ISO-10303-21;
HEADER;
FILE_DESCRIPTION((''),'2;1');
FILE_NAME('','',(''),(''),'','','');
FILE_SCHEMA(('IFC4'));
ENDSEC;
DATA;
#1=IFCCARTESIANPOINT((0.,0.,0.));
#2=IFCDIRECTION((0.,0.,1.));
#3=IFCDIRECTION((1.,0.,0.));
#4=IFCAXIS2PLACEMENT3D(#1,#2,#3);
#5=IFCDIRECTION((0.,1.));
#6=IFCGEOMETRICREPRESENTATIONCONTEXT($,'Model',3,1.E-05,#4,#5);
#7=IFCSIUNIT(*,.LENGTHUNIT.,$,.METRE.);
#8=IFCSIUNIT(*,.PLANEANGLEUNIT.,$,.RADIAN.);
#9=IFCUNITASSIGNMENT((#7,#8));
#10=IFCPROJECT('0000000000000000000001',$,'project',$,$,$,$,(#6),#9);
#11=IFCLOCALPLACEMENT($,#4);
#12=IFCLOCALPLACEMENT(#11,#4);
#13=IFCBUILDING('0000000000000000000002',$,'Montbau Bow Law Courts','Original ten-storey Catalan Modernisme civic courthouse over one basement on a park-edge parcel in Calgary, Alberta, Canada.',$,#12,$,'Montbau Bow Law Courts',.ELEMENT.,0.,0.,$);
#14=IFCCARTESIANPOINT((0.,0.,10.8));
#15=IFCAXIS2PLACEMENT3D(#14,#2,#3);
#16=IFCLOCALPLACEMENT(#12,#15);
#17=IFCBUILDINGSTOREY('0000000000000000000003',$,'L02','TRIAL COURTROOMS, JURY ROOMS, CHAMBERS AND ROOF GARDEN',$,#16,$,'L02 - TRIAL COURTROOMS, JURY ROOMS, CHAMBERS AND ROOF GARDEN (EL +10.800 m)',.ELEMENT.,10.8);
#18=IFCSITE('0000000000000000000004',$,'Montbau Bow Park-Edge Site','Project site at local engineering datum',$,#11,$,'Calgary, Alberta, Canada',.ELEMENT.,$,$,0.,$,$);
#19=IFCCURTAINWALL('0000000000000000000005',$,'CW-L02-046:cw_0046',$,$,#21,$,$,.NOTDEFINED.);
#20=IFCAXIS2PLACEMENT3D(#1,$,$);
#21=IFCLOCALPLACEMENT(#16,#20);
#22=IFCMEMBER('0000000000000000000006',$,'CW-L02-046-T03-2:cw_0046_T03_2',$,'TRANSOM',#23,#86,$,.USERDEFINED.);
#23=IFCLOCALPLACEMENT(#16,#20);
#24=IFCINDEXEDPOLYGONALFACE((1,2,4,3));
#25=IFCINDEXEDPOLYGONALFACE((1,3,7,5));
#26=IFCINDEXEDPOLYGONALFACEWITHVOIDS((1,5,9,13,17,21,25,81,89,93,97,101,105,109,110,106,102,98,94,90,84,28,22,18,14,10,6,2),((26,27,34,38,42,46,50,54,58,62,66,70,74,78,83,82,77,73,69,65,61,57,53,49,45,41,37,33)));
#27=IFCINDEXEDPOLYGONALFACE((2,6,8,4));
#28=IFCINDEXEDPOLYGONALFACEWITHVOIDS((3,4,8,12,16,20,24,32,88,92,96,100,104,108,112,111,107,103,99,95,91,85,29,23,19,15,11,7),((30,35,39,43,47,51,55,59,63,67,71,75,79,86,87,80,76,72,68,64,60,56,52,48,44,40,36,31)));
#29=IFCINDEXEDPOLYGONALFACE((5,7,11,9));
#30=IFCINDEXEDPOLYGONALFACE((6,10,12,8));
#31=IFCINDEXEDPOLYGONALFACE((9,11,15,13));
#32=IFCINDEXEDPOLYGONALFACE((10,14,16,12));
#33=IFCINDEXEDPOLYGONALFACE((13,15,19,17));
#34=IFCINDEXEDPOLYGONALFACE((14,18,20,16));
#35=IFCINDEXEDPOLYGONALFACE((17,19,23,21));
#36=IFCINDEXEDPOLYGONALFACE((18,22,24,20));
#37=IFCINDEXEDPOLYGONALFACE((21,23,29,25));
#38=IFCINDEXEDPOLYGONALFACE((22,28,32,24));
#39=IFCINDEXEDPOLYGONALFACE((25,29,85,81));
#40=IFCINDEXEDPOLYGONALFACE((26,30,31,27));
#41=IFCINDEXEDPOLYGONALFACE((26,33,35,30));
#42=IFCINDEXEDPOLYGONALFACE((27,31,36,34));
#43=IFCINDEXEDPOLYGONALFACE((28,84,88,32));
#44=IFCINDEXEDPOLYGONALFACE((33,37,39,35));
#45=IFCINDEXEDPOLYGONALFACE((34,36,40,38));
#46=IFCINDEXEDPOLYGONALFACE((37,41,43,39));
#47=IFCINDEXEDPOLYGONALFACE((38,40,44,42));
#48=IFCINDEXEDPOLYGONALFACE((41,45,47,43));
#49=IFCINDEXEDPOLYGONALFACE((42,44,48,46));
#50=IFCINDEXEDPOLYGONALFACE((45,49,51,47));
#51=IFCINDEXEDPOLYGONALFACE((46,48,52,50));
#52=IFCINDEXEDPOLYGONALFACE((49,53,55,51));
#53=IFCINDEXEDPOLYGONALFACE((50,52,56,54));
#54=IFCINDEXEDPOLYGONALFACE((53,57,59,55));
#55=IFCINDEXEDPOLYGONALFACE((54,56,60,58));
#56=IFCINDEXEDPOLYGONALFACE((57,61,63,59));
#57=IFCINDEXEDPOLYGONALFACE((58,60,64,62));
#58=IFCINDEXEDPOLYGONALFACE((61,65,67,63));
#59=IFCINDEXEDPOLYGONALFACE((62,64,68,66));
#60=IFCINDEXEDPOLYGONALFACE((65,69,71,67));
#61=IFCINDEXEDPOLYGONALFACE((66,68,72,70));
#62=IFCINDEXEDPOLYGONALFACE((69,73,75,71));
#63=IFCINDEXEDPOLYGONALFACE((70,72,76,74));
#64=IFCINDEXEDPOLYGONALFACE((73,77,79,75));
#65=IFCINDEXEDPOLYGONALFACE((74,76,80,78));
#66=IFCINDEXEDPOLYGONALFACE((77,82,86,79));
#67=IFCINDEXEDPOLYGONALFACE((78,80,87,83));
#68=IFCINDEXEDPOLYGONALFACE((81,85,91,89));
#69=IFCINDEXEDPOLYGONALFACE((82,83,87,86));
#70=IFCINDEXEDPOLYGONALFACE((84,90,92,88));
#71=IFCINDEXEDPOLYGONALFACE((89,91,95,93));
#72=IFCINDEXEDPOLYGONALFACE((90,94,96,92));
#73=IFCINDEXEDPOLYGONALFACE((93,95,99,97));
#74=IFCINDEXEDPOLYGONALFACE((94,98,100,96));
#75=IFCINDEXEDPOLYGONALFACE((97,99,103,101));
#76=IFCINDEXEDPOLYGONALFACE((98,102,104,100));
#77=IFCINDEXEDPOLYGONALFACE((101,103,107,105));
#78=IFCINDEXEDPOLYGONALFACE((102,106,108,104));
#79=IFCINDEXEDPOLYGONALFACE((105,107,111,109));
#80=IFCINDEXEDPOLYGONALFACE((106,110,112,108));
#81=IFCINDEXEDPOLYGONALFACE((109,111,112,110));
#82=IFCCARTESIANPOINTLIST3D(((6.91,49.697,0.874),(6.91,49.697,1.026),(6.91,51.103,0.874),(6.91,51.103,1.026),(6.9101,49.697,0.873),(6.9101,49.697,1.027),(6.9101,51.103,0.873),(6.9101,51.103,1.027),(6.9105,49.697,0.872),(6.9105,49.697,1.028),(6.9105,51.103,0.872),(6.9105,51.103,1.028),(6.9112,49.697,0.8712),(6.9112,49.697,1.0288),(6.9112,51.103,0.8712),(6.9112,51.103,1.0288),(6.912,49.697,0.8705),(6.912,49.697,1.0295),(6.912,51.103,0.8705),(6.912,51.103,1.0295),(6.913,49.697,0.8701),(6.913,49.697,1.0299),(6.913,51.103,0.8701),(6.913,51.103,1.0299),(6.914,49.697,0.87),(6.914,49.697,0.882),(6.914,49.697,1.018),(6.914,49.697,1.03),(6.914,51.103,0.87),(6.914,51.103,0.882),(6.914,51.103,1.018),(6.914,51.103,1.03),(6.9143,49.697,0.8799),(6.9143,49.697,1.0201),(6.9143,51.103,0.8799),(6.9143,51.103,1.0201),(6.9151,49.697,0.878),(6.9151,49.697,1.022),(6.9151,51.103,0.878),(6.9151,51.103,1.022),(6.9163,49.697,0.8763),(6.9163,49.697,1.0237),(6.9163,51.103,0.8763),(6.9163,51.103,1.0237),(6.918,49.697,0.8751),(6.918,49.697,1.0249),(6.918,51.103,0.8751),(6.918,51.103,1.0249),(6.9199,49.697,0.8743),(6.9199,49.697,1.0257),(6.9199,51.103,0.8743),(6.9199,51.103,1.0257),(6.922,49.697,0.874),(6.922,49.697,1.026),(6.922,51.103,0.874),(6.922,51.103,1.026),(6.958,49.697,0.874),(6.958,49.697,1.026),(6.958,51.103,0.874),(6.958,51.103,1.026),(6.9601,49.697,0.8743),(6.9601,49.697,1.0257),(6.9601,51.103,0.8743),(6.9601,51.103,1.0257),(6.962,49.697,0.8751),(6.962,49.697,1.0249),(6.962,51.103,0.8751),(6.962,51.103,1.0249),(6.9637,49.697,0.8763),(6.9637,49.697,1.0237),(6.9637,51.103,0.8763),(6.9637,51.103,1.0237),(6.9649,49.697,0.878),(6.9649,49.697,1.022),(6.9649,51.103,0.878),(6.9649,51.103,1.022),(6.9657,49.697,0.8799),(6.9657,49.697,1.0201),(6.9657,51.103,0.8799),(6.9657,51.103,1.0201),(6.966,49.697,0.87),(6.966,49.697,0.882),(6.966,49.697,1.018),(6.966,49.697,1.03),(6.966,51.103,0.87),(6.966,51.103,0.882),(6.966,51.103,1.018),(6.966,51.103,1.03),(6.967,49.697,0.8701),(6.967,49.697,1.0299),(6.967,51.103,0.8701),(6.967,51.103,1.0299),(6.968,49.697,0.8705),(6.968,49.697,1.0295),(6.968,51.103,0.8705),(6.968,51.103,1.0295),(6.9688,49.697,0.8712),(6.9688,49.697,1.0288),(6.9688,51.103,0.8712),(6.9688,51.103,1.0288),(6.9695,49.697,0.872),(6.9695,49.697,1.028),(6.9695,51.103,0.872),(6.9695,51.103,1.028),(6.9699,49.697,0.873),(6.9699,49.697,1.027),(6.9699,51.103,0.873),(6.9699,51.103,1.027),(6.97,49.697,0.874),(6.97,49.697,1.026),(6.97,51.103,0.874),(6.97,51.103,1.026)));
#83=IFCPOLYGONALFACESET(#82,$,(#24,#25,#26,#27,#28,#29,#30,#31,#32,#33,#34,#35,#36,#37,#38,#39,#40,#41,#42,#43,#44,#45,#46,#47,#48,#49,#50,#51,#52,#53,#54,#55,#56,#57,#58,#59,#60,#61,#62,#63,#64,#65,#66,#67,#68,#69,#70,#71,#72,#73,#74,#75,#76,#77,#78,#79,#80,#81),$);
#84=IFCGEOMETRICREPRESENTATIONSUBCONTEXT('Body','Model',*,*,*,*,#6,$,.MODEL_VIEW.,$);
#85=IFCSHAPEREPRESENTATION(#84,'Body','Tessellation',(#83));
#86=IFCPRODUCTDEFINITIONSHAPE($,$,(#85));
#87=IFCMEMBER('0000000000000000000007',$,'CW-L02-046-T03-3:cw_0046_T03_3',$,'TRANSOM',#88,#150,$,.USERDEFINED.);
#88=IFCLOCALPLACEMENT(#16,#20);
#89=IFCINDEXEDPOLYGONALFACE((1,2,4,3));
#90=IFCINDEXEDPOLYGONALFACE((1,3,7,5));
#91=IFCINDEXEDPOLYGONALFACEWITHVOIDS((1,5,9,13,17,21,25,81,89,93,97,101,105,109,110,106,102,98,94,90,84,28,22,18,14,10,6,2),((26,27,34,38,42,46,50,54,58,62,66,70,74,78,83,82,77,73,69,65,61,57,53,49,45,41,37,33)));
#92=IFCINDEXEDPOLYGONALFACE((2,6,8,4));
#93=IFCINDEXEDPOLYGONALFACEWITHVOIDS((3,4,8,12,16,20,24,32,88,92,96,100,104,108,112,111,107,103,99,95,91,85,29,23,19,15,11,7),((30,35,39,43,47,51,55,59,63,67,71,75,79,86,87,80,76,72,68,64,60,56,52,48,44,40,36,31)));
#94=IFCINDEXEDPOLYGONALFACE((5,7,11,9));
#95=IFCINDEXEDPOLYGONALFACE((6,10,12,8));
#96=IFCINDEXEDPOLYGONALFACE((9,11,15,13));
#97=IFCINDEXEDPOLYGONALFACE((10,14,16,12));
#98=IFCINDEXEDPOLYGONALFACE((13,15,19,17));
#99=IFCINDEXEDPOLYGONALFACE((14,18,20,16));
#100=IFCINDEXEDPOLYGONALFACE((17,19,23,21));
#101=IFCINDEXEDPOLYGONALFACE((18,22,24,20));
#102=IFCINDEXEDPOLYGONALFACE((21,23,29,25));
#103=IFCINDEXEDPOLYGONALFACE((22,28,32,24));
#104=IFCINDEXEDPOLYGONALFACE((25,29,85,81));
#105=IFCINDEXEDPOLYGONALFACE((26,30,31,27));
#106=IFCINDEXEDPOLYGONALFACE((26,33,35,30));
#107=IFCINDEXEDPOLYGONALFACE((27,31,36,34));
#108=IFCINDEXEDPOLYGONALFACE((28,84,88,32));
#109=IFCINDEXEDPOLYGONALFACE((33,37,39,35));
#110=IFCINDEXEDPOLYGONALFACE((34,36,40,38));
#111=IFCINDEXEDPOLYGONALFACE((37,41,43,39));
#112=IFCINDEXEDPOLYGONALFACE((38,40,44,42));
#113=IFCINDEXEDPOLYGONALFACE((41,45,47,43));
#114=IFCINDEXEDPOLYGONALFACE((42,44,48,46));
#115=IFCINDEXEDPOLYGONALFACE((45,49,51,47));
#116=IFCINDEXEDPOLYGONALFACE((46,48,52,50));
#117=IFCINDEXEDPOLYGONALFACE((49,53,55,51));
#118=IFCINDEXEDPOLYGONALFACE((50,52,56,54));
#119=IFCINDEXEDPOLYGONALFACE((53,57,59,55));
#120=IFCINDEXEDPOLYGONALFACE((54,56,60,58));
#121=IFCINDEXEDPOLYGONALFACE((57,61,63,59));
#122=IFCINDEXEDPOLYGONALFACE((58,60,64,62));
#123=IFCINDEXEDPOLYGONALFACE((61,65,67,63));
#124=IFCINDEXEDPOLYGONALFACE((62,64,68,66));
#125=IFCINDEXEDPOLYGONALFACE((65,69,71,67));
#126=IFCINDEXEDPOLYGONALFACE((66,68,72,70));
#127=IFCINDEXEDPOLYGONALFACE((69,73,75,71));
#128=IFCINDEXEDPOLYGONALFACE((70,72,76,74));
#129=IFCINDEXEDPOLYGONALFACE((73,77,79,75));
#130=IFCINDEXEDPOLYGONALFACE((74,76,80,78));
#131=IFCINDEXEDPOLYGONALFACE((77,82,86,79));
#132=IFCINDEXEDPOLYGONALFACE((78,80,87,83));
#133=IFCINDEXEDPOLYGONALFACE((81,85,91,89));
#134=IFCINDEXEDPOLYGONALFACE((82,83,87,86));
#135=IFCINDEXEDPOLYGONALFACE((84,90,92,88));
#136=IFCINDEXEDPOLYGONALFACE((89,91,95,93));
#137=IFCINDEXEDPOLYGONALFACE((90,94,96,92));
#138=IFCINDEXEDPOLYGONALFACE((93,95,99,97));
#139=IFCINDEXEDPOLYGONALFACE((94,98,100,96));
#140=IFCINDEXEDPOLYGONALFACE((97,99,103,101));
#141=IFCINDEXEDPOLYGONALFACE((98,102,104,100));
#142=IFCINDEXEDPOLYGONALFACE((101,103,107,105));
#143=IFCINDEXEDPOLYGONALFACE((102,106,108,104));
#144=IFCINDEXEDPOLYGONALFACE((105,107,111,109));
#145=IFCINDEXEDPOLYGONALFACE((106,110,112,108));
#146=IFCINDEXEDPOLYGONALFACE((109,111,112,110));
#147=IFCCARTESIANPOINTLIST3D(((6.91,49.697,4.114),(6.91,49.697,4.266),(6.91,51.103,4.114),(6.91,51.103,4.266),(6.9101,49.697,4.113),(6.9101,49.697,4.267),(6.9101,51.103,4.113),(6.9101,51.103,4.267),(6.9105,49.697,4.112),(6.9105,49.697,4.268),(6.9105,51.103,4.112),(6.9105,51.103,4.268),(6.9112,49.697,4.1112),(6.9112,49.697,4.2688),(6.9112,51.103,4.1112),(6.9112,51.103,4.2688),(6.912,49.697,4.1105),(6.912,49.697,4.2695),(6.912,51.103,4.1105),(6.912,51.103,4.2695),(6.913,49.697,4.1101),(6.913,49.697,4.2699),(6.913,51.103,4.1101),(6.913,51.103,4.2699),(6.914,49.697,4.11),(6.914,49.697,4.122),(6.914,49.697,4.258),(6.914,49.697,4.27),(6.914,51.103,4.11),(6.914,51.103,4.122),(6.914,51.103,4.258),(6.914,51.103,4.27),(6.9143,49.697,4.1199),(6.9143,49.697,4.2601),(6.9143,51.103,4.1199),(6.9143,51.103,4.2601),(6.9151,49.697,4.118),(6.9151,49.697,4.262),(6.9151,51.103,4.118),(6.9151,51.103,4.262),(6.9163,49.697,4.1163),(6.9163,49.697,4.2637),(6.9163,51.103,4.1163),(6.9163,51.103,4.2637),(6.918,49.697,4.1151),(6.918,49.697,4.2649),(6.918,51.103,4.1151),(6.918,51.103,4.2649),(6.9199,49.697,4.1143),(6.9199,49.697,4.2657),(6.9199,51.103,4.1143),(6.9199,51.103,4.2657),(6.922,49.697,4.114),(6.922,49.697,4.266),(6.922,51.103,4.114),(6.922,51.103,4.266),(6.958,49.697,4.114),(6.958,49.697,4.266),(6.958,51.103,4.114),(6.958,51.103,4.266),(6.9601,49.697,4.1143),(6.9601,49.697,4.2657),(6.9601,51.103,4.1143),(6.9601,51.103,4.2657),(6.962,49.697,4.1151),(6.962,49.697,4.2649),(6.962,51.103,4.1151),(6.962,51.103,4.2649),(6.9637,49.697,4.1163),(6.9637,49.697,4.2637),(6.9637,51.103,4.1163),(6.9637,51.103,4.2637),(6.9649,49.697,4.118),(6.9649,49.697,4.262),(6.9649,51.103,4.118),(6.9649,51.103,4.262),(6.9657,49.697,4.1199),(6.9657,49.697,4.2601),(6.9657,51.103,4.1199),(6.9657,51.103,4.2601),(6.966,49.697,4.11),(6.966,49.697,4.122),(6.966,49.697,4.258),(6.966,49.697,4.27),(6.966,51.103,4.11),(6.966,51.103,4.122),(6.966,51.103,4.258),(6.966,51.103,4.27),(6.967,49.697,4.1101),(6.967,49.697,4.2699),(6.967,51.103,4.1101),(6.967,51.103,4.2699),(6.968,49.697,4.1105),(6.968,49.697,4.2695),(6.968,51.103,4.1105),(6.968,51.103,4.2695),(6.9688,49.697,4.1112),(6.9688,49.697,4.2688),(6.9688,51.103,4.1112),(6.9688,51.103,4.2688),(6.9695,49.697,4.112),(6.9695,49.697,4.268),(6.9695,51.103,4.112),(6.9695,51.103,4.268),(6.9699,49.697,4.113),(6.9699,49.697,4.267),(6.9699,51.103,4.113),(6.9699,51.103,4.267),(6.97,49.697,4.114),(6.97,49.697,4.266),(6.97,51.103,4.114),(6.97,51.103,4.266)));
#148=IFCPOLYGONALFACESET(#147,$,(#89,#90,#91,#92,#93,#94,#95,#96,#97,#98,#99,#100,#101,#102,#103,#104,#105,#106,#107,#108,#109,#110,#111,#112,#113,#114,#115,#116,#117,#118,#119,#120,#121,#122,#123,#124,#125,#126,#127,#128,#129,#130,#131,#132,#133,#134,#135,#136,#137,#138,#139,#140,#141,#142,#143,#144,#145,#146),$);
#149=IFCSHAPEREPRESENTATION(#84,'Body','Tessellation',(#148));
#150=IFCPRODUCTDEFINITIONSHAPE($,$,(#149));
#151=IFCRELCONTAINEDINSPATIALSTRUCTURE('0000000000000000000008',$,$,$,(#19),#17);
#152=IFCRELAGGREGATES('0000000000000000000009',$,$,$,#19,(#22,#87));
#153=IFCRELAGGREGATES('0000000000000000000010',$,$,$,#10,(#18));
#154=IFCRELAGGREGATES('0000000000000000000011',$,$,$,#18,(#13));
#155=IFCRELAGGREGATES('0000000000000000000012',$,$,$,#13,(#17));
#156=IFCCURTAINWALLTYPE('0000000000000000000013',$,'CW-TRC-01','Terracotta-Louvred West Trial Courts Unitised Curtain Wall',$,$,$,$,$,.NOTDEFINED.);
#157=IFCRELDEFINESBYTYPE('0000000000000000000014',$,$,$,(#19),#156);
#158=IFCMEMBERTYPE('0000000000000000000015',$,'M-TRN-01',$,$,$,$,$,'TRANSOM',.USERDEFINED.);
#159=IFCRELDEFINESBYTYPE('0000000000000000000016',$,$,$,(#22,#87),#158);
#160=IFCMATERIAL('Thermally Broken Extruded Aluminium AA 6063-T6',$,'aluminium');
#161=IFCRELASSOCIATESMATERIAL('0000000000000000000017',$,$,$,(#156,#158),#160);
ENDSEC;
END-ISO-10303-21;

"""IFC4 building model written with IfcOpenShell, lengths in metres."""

from ifc_helpers import new_model, si_unit, direction, frame, origin_with_axes, origin_2d_with_axis, place, context, subcontext, project, spatial, hollow_rectangle, extrude, material, material_profile, profile_set, type_object, element, aggregate, save


model = new_model("IFC4")

# Units and contexts
model_context = context("Model", 3, precision=1e-05, world=origin_with_axes(), true_north=direction((0.0, 1.0)))
body_context = subcontext(model_context, "Body", "Model", "MODEL_VIEW")
ifc_project = project(units=[si_unit("LENGTHUNIT", "METRE"), si_unit("PLANEANGLEUNIT", "RADIAN")], contexts=[model_context])

# Site, building, storey
site_placement = place(None, origin_with_axes())
site = spatial("IfcSite", under=ifc_project, at=site_placement, Name="Montbau Bow Park-Edge Site", Description="Project site at local engineering datum", LongName="Calgary, Alberta, Canada", CompositionType="ELEMENT", RefElevation=0.0)
building_placement = place(site_placement, origin_with_axes())
building = spatial("IfcBuilding", under=site, at=building_placement, Name="Montbau Bow Law Courts", Description="Original ten-storey Catalan Modernisme civic courthouse over one basement on a park-edge parcel in Calgary, Alberta, Canada.", LongName="Montbau Bow Law Courts", CompositionType="ELEMENT", ElevationOfRefHeight=0.0, ElevationOfTerrain=0.0)
storey_placement = place(building_placement, frame((0.0, 0.0, 10.8), z_axis=(0.0, 0.0, 1.0), x_axis=(1.0, 0.0, 0.0)))
storey = spatial("IfcBuildingStorey", under=building, at=storey_placement, Name="L02", Description="TRIAL COURTROOMS, JURY ROOMS, CHAMBERS AND ROOF GARDEN", LongName="L02 - TRIAL COURTROOMS, JURY ROOMS, CHAMBERS AND ROOF GARDEN (EL +10.800 m)", CompositionType="ELEMENT", Elevation=10.8)

# Curtain wall, members
ifc_material_1 = material(Name="Thermally Broken Extruded Aluminium AA 6063-T6", Category="aluminium")
curtain_wall_type = type_object("IfcCurtainWallType", Name="CW-TRC-01", Description="Terracotta-Louvred West Trial Courts Unitised Curtain Wall", PredefinedType="NOTDEFINED", material=ifc_material_1)
curtain_wall_placement = place(None, frame((6.94, 46.715, 10.8), z_axis=(0.0, 0.0, 1.0), x_axis=(1.0, 0.0, 0.0)))
curtain_wall = element("IfcCurtainWall", 1, at=curtain_wall_placement, inside=storey, type_object=curtain_wall_type, Name="CW-L02-046:cw_0046", PredefinedType="NOTDEFINED")
ifc_material_profile_1 = material_profile(ifc_material_1, hollow_rectangle(XDim=0.06, YDim=0.16, WallThickness=0.004, InnerFilletRadius=0.008, OuterFilletRadius=0.004, at=origin_2d_with_axis()), Name="CWT-160X60", Category="Main", Priority=0)
ifc_profile_set_1 = profile_set([ifc_material_profile_1], Name="Thermally Broken Extruded Aluminium AA 6063-T6")
member_type_1 = type_object("IfcMemberType", Name="M-TRN-01", ElementType="TRANSOM", PredefinedType="USERDEFINED", material=ifc_profile_set_1)
member_1_placement = place(None, frame((6.94, 49.697, 11.75), z_axis=(0.0, 1.0, 0.0), x_axis=(-1.0, 0.0, 0.0)))
member_1 = element("IfcMember", 2, at=member_1_placement, type_object=member_type_1, Name="CW-L02-046-T03-2:cw_0046_T03_2", ObjectType="TRANSOM", PredefinedType="USERDEFINED", context=body_context, shape_type="SweptSolid", body=[
    extrude(hollow_rectangle(XDim=0.06, YDim=0.16, WallThickness=0.004, InnerFilletRadius=0.008, OuterFilletRadius=0.004, at=origin_2d_with_axis()), origin_with_axes(), (0.0, 0.0, 1.0), 1.406),
])
member_2_placement = place(None, frame((6.94, 49.697, 14.99), z_axis=(0.0, 1.0, 0.0), x_axis=(-1.0, 0.0, 0.0)))
member_2 = element("IfcMember", 3, at=member_2_placement, type_object=member_type_1, Name="CW-L02-046-T03-3:cw_0046_T03_3", ObjectType="TRANSOM", PredefinedType="USERDEFINED", context=body_context, shape_type="SweptSolid", body=[
    extrude(hollow_rectangle(XDim=0.06, YDim=0.16, WallThickness=0.004, InnerFilletRadius=0.008, OuterFilletRadius=0.004, at=origin_2d_with_axis()), origin_with_axes(), (0.0, 0.0, 1.0), 1.406),
])
aggregate(curtain_wall, [member_1, member_2])

save(model, "model.ifc")
